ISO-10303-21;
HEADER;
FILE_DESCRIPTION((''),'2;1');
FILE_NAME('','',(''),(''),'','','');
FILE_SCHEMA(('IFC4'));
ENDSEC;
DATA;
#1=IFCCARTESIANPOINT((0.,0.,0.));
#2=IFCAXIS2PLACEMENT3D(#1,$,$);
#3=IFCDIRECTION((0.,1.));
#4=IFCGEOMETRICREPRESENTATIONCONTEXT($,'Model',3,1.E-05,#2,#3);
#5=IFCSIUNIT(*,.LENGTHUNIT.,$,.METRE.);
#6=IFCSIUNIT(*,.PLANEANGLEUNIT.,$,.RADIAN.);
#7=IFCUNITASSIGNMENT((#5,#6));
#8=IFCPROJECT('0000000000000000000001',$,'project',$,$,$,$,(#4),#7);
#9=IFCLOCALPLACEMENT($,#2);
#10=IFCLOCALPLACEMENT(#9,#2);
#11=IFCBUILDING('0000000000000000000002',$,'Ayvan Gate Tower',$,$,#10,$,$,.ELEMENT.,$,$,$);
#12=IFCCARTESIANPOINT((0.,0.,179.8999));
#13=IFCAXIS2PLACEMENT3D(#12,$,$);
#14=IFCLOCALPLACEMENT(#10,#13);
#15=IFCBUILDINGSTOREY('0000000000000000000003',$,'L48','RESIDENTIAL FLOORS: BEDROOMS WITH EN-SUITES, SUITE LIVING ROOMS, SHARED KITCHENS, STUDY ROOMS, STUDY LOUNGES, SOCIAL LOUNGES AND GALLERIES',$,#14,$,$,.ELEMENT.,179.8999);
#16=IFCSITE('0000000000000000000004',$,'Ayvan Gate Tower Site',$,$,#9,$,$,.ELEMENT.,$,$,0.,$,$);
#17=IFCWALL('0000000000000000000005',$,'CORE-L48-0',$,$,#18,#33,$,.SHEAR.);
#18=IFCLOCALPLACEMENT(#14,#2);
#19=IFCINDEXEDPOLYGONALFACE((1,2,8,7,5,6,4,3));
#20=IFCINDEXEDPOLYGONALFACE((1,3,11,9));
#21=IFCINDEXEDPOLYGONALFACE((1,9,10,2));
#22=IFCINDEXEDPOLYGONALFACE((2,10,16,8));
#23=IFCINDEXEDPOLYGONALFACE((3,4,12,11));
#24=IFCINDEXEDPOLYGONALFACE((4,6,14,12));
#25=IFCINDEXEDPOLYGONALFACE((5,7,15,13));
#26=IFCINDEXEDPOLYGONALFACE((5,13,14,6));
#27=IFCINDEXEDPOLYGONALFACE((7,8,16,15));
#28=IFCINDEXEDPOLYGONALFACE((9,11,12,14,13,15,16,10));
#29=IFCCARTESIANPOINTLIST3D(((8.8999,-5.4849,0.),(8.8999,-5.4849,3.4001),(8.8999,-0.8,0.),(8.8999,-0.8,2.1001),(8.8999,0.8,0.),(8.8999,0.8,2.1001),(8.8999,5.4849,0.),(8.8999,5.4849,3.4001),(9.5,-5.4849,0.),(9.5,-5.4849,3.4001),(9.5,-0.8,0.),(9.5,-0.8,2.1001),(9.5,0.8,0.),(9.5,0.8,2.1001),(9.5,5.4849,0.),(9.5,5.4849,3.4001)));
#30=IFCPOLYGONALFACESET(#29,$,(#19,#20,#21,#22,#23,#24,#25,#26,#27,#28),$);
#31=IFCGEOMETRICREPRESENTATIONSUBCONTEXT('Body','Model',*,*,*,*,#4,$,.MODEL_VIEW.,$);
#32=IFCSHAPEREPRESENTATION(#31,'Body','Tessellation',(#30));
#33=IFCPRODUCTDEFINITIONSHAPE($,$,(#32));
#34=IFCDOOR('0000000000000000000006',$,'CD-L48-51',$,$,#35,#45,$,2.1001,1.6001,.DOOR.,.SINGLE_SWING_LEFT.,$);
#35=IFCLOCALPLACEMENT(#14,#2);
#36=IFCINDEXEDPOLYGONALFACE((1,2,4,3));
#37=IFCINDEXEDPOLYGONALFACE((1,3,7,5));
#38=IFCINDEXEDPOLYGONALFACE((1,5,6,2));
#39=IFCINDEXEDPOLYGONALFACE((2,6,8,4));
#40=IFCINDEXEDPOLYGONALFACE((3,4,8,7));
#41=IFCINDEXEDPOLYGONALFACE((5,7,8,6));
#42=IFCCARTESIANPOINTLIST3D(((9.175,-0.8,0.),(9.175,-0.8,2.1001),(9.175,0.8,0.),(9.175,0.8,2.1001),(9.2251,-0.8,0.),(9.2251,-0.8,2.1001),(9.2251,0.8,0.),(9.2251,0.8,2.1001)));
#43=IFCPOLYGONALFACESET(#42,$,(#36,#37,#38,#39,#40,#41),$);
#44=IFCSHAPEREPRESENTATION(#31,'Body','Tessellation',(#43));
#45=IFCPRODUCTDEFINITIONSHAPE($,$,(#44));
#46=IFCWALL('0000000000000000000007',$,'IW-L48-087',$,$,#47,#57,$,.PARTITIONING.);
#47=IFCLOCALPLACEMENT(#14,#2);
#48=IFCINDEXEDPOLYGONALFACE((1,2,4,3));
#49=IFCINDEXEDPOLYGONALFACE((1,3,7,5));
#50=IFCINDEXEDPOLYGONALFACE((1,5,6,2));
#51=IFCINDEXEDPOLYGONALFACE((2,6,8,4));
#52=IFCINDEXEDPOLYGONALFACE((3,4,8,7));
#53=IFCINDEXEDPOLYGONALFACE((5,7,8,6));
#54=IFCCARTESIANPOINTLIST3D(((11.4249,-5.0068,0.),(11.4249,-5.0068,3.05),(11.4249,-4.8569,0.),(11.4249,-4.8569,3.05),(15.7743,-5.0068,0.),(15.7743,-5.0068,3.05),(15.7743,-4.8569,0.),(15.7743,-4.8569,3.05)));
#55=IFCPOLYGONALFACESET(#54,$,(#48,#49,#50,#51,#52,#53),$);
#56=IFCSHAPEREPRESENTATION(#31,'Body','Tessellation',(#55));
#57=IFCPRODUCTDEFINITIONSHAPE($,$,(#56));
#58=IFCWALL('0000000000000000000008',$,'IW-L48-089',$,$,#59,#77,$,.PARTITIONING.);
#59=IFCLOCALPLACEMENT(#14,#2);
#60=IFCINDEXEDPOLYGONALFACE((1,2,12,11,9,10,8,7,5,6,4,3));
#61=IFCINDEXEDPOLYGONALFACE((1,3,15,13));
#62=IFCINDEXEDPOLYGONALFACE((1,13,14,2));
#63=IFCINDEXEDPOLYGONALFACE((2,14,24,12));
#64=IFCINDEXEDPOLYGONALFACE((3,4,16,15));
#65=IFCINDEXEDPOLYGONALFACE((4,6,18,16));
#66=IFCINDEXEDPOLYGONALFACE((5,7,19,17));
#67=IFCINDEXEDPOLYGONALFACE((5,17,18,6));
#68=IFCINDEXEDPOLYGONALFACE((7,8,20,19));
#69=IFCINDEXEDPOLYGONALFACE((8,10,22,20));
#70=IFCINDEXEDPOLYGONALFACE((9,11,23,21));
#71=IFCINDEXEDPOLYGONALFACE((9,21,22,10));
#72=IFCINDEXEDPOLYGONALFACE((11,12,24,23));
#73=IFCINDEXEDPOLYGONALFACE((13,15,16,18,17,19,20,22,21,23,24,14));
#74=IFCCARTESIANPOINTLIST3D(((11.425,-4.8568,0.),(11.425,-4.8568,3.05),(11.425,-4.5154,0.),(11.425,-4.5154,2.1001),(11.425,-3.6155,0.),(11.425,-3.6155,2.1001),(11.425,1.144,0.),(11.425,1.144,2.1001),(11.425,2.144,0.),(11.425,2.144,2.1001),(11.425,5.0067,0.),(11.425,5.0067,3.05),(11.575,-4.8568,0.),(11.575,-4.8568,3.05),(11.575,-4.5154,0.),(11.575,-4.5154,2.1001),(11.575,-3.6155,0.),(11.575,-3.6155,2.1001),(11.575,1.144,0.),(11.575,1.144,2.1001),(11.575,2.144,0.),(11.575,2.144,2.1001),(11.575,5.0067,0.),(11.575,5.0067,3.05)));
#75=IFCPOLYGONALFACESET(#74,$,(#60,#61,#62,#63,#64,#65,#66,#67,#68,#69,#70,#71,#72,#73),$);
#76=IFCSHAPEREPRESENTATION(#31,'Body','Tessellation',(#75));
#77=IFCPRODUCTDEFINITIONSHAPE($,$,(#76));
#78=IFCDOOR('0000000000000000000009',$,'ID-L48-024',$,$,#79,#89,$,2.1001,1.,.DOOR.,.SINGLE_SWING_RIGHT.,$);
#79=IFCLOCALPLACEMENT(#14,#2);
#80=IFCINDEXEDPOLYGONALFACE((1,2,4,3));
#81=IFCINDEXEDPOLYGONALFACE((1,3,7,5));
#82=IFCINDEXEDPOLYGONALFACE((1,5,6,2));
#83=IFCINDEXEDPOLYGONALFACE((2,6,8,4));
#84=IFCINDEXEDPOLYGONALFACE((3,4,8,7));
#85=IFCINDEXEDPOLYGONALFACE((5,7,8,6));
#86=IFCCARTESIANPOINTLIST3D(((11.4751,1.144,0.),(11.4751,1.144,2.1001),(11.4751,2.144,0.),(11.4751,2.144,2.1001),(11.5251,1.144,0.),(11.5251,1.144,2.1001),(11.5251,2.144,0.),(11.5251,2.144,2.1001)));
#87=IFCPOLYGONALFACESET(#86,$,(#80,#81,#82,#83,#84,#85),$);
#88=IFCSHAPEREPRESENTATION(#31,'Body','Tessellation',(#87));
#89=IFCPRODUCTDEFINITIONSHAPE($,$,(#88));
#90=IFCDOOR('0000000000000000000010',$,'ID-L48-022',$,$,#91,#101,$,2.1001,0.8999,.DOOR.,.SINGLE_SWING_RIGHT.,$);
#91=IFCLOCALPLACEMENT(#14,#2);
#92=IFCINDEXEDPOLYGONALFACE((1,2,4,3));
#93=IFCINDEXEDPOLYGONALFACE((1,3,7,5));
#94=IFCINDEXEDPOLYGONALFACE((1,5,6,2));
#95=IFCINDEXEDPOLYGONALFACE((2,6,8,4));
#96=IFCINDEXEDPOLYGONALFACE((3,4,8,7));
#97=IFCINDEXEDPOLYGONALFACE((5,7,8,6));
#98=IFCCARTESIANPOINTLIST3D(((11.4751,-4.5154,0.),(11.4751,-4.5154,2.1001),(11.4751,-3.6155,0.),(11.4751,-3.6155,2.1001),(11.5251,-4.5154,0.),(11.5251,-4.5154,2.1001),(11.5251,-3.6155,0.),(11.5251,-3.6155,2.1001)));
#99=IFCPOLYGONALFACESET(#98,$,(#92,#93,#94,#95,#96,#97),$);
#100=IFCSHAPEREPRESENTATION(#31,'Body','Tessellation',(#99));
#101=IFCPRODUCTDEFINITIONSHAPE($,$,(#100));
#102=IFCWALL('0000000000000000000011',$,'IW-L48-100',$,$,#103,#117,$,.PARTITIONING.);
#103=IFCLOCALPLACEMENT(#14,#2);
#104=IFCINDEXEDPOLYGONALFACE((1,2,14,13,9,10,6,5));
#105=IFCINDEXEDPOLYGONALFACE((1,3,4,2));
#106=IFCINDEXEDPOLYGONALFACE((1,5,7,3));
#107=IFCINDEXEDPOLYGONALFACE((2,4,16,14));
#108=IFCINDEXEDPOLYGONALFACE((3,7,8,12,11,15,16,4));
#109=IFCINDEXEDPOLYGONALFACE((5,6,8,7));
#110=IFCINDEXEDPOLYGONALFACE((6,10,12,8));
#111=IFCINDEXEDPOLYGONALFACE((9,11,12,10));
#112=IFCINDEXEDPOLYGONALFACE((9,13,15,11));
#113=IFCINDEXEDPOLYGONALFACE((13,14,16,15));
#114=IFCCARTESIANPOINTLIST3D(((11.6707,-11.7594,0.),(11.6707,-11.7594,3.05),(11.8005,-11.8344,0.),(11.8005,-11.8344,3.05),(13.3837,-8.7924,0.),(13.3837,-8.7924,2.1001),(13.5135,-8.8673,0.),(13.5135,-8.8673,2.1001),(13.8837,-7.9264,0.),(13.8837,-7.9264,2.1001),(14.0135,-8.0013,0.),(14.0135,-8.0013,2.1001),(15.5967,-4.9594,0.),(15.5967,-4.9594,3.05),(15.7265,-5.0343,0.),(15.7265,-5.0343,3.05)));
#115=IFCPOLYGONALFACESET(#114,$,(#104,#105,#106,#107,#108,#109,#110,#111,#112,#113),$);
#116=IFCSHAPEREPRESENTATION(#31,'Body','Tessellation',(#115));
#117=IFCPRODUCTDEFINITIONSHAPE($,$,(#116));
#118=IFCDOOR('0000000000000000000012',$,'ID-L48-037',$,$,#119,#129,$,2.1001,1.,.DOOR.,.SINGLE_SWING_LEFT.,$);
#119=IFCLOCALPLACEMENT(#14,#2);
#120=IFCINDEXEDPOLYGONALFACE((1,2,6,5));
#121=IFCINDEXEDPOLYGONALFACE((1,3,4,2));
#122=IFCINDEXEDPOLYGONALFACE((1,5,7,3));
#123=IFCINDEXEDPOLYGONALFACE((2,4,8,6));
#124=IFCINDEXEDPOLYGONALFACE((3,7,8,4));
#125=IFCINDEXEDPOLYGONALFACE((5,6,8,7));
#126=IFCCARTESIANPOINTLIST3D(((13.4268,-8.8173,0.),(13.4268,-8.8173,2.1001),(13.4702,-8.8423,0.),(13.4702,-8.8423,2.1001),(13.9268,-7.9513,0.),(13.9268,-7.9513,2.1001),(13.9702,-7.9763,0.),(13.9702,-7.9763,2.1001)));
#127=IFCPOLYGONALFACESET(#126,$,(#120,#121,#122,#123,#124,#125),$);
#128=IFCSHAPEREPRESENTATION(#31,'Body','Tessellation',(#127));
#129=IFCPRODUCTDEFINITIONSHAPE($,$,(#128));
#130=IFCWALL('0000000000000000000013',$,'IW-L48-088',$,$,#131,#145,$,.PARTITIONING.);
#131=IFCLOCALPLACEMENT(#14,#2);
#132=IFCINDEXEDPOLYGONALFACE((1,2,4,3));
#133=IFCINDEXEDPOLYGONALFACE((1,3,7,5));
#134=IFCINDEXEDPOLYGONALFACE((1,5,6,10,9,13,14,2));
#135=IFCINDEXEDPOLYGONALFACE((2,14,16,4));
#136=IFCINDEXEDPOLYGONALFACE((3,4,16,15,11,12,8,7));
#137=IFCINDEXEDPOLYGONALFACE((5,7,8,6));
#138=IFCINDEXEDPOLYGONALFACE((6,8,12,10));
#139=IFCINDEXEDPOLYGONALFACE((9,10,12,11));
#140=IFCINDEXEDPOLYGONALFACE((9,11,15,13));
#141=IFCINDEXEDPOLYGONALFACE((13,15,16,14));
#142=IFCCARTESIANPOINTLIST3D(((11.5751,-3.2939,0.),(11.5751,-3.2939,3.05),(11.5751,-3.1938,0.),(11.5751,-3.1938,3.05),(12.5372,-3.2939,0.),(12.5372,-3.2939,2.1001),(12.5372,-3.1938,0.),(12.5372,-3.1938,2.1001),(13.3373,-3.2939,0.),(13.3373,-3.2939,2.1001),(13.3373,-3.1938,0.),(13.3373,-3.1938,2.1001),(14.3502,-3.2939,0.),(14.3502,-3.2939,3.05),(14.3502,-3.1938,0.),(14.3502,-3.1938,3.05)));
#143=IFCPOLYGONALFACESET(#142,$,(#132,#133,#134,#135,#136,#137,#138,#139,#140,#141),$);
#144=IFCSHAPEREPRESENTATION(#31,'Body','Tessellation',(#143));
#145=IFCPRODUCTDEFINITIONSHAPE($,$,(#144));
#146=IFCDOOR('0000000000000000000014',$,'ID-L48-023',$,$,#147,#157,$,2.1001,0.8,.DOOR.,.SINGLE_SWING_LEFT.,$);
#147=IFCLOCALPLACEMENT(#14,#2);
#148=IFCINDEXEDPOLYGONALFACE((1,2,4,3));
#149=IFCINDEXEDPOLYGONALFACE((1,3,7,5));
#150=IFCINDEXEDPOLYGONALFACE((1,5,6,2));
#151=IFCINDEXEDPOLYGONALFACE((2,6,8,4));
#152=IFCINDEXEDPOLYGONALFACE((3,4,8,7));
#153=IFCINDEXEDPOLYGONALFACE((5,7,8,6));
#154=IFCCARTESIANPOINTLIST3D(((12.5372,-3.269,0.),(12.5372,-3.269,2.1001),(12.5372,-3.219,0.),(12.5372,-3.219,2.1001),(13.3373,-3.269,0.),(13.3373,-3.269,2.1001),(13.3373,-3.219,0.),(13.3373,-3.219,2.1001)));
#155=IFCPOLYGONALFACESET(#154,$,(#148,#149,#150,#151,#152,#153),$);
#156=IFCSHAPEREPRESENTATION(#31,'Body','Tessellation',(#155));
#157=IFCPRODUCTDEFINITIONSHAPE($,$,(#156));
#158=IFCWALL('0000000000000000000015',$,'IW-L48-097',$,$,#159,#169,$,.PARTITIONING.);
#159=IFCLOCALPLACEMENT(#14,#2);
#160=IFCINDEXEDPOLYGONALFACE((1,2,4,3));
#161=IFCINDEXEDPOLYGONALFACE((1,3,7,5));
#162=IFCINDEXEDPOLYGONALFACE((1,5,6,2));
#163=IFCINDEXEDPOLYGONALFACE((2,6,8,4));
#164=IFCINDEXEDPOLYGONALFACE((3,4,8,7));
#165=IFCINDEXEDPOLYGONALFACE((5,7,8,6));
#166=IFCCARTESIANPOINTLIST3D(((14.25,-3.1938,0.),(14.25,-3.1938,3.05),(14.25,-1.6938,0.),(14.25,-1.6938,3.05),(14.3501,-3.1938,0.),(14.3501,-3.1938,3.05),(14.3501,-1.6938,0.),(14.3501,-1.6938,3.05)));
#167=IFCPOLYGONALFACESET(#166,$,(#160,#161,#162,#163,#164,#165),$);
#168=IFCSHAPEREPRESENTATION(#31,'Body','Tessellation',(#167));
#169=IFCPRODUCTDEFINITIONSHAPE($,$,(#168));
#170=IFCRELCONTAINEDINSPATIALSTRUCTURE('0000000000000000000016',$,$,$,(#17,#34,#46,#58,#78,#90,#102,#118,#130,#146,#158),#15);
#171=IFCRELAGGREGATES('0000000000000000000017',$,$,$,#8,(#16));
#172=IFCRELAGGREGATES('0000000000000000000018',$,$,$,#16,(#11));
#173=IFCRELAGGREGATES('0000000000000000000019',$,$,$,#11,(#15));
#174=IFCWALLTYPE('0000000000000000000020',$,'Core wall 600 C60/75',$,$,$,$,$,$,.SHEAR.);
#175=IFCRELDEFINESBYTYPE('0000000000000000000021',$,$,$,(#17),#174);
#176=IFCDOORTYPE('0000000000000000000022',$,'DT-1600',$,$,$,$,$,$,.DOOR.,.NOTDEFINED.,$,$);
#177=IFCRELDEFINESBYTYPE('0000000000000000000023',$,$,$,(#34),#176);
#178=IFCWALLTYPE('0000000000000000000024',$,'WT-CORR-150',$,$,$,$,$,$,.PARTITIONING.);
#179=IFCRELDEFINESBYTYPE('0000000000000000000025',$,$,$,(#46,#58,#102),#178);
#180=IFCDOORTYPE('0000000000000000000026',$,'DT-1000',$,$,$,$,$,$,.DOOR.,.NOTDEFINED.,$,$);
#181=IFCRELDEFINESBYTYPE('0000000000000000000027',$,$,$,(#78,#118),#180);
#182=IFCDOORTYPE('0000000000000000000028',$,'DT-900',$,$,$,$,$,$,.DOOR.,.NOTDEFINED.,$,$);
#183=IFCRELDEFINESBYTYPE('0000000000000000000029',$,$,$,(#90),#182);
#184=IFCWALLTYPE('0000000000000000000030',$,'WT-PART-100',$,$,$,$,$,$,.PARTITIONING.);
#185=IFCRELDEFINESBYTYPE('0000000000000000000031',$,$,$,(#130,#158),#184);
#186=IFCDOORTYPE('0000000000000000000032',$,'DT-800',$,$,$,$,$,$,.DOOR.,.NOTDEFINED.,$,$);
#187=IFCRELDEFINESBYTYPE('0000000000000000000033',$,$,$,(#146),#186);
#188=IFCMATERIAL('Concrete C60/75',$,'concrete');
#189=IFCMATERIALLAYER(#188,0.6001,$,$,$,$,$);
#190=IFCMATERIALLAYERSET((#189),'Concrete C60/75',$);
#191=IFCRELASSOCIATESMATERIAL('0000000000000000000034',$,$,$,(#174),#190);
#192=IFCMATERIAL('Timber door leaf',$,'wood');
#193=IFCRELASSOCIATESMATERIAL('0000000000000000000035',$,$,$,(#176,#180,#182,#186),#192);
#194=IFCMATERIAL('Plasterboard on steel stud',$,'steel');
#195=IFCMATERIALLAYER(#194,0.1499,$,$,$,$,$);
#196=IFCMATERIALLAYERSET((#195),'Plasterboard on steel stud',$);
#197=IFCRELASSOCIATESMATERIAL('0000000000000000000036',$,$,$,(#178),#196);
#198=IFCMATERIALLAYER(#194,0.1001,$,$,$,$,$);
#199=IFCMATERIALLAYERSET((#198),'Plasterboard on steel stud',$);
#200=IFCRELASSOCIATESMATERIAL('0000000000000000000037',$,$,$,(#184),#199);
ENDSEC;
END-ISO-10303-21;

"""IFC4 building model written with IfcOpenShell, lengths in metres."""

from ifc_helpers import new_model, si_unit, direction, frame, frame_2d, origin, place, context, subcontext, project, spatial, rectangle, extrude, material, layer, layer_set, type_object, element, fill, save


model = new_model("IFC4")

# Units and contexts
model_context = context("Model", 3, precision=1e-05, world=origin(), true_north=direction((0.0, 1.0)))
body_context = subcontext(model_context, "Body", "Model", "MODEL_VIEW")
ifc_project = project(units=[si_unit("LENGTHUNIT", "METRE"), si_unit("PLANEANGLEUNIT", "RADIAN")], contexts=[model_context])

# Site, building, storey
site_placement = place(None, origin())
site = spatial("IfcSite", under=ifc_project, at=site_placement, Name="Ayvan Gate Tower Site", CompositionType="ELEMENT", RefElevation=0.0)
building_placement = place(site_placement, origin())
building = spatial("IfcBuilding", under=site, at=building_placement, Name="Ayvan Gate Tower", CompositionType="ELEMENT")
storey_placement = place(building_placement, frame((0.0, 0.0, 179.8999)))
storey = spatial("IfcBuildingStorey", under=building, at=storey_placement, Name="L48", Description="RESIDENTIAL FLOORS: BEDROOMS WITH EN-SUITES, SUITE LIVING ROOMS, SHARED KITCHENS, STUDY ROOMS, STUDY LOUNGES, SOCIAL LOUNGES AND GALLERIES", CompositionType="ELEMENT", Elevation=179.8999)

# Wall, opening, door
ifc_material_1 = material(Name="Concrete C60/75", Category="concrete")
ifc_layer_1 = layer(ifc_material_1, 0.6001)
ifc_layer_set_1 = layer_set([ifc_layer_1], Name="Concrete C60/75")
wall_type_1 = type_object("IfcWallType", Name="Core wall 600 C60/75", PredefinedType="SHEAR", material=ifc_layer_set_1)
wall_1_placement = place(storey_placement, frame((9.2, -5.4849, 0.0), z_axis=(0.0, 0.0, 1.0), x_axis=(0.0, 1.0, 0.0)))
wall_1 = element("IfcWall", 1, at=wall_1_placement, inside=storey, type_object=wall_type_1, Name="CORE-L48-0", PredefinedType="SHEAR", context=body_context, shape_type="SweptSolid", body=[
    extrude(rectangle(XDim=10.9697, YDim=0.6001, at=frame_2d((5.4849, 0.0))), origin(), (0.0, 0.0, 1.0), 3.4001),
])
opening_1_placement = place(wall_1_placement, frame((4.6848, 0.0, 0.0)))
opening_1 = element("IfcOpeningElement", 2, at=opening_1_placement, cuts=wall_1, PredefinedType="OPENING", context=body_context, shape_type="SweptSolid", body=[
    extrude(rectangle(XDim=1.6001, YDim=2.1001, at=frame_2d((0.8, 1.05))), frame((0.0, 0.3101, 0.0), z_axis=(0.0, -1.0, 0.0), x_axis=(1.0, 0.0, 0.0)), (0.0, 0.0, 1.0), 0.6201),
])
ifc_material_2 = material(Name="Timber door leaf", Category="wood")
door_type_1 = type_object("IfcDoorType", Name="DT-1600", OperationType="NOTDEFINED", PredefinedType="DOOR", material=ifc_material_2)
door_1_placement = place(opening_1_placement, origin())
door_1 = element("IfcDoor", 3, at=door_1_placement, inside=storey, type_object=door_type_1, Name="CD-L48-51", OperationType="SINGLE_SWING_LEFT", OverallHeight=2.1001, OverallWidth=1.6001, PredefinedType="DOOR", context=body_context, shape_type="SweptSolid", body=[
    extrude(rectangle(XDim=1.6001, YDim=2.1001, at=frame_2d((0.8, 1.05))), frame((0.0, 0.0249, 0.0), z_axis=(0.0, -1.0, 0.0), x_axis=(1.0, 0.0, 0.0)), (0.0, 0.0, 1.0), 0.05),
])
fill(opening_1, door_1)

# Wall
ifc_material_3 = material(Name="Plasterboard on steel stud", Category="steel")
ifc_layer_2 = layer(ifc_material_3, 0.1499)
ifc_layer_set_2 = layer_set([ifc_layer_2], Name="Plasterboard on steel stud")
wall_type_2 = type_object("IfcWallType", Name="WT-CORR-150", PredefinedType="PARTITIONING", material=ifc_layer_set_2)
wall_2_placement = place(storey_placement, frame((11.4248, -4.9319, 0.0), z_axis=(0.0, 0.0, 1.0), x_axis=(1.0, 0.0, 0.0)))
element("IfcWall", 4, at=wall_2_placement, inside=storey, type_object=wall_type_2, Name="IW-L48-087", PredefinedType="PARTITIONING", context=body_context, shape_type="SweptSolid", body=[
    extrude(rectangle(XDim=4.3494, YDim=0.1499, at=frame_2d((2.1748, 0.0))), origin(), (0.0, 0.0, 1.0), 3.05),
])

# Wall, openings, doors
wall_3_placement = place(storey_placement, frame((11.5, -4.8567, 0.0), z_axis=(0.0, 0.0, 1.0), x_axis=(0.0, 1.0, 0.0)))
wall_3 = element("IfcWall", 5, at=wall_3_placement, inside=storey, type_object=wall_type_2, Name="IW-L48-089", PredefinedType="PARTITIONING", context=body_context, shape_type="SweptSolid", body=[
    extrude(rectangle(XDim=9.8635, YDim=0.1499, at=frame_2d((4.9316, 0.0))), origin(), (0.0, 0.0, 1.0), 3.05),
])
opening_2_placement = place(wall_3_placement, frame((0.3413, 0.0, 0.0)))
opening_2 = element("IfcOpeningElement", 6, at=opening_2_placement, cuts=wall_3, PredefinedType="OPENING", context=body_context, shape_type="SweptSolid", body=[
    extrude(rectangle(XDim=0.8999, YDim=2.1001, at=frame_2d((0.45, 1.05))), frame((0.0, 0.085, 0.0), z_axis=(0.0, -1.0, 0.0), x_axis=(1.0, 0.0, 0.0)), (0.0, 0.0, 1.0), 0.1699),
])
opening_3_placement = place(wall_3_placement, frame((6.0007, 0.0, 0.0)))
opening_3 = element("IfcOpeningElement", 7, at=opening_3_placement, cuts=wall_3, PredefinedType="OPENING", context=body_context, shape_type="SweptSolid", body=[
    extrude(rectangle(XDim=1.0, YDim=2.1001, at=frame_2d((0.5, 1.05))), frame((0.0, 0.085, 0.0), z_axis=(0.0, -1.0, 0.0), x_axis=(1.0, 0.0, 0.0)), (0.0, 0.0, 1.0), 0.1699),
])
door_type_2 = type_object("IfcDoorType", Name="DT-1000", OperationType="NOTDEFINED", PredefinedType="DOOR", material=ifc_material_2)
door_2_placement = place(opening_3_placement, origin())
door_2 = element("IfcDoor", 8, at=door_2_placement, inside=storey, type_object=door_type_2, Name="ID-L48-024", OperationType="SINGLE_SWING_RIGHT", OverallHeight=2.1001, OverallWidth=1.0, PredefinedType="DOOR", context=body_context, shape_type="SweptSolid", body=[
    extrude(rectangle(XDim=1.0, YDim=2.1001, at=frame_2d((0.5, 1.05))), frame((0.0, 0.0249, 0.0), z_axis=(0.0, -1.0, 0.0), x_axis=(1.0, 0.0, 0.0)), (0.0, 0.0, 1.0), 0.05),
])
fill(opening_3, door_2)
door_type_3 = type_object("IfcDoorType", Name="DT-900", OperationType="NOTDEFINED", PredefinedType="DOOR", material=ifc_material_2)
door_3_placement = place(opening_2_placement, origin())
door_3 = element("IfcDoor", 9, at=door_3_placement, inside=storey, type_object=door_type_3, Name="ID-L48-022", OperationType="SINGLE_SWING_RIGHT", OverallHeight=2.1001, OverallWidth=0.8999, PredefinedType="DOOR", context=body_context, shape_type="SweptSolid", body=[
    extrude(rectangle(XDim=0.8999, YDim=2.1001, at=frame_2d((0.45, 1.05))), frame((0.0, 0.0249, 0.0), z_axis=(0.0, -1.0, 0.0), x_axis=(1.0, 0.0, 0.0)), (0.0, 0.0, 1.0), 0.05),
])
fill(opening_2, door_3)

# Walls, openings, doors
wall_4_placement = place(storey_placement, frame((15.6616, -4.9968, 0.0), z_axis=(0.0, 0.0, 1.0), x_axis=(-0.500001, -0.866025, 0.0)))
wall_4 = element("IfcWall", 10, at=wall_4_placement, inside=storey, type_object=wall_type_2, Name="IW-L48-100", PredefinedType="PARTITIONING", context=body_context, shape_type="SweptSolid", body=[
    extrude(rectangle(XDim=7.8521, YDim=0.1499, at=frame_2d((3.926, 0.0))), origin(), (0.0, 0.0, 1.0), 3.05),
])
opening_4_placement = place(wall_4_placement, frame((3.426, 0.0, 0.0)))
opening_4 = element("IfcOpeningElement", 11, at=opening_4_placement, cuts=wall_4, PredefinedType="OPENING", context=body_context, shape_type="SweptSolid", body=[
    extrude(rectangle(XDim=1.0, YDim=2.1001, at=frame_2d((0.5, 1.05))), frame((0.0, 0.085, 0.0), z_axis=(0.0, -1.0, 0.0), x_axis=(1.0, 0.0, 0.0)), (0.0, 0.0, 1.0), 0.1699),
])
door_4_placement = place(opening_4_placement, origin())
door_4 = element("IfcDoor", 12, at=door_4_placement, inside=storey, type_object=door_type_2, Name="ID-L48-037", OperationType="SINGLE_SWING_LEFT", OverallHeight=2.1001, OverallWidth=1.0, PredefinedType="DOOR", context=body_context, shape_type="SweptSolid", body=[
    extrude(rectangle(XDim=1.0, YDim=2.1001, at=frame_2d((0.5, 1.05))), frame((0.0, 0.0249, 0.0), z_axis=(0.0, -1.0, 0.0), x_axis=(1.0, 0.0, 0.0)), (0.0, 0.0, 1.0), 0.05),
])
fill(opening_4, door_4)
ifc_layer_3 = layer(ifc_material_3, 0.1001)
ifc_layer_set_3 = layer_set([ifc_layer_3], Name="Plasterboard on steel stud")
wall_type_3 = type_object("IfcWallType", Name="WT-PART-100", PredefinedType="PARTITIONING", material=ifc_layer_set_3)
wall_5_placement = place(storey_placement, frame((11.575, -3.2439, 0.0), z_axis=(0.0, 0.0, 1.0), x_axis=(1.0, 0.0, 0.0)))
wall_5 = element("IfcWall", 13, at=wall_5_placement, inside=storey, type_object=wall_type_3, Name="IW-L48-088", PredefinedType="PARTITIONING", context=body_context, shape_type="SweptSolid", body=[
    extrude(rectangle(XDim=2.7751, YDim=0.1001, at=frame_2d((1.3877, 0.0))), origin(), (0.0, 0.0, 1.0), 3.05),
])
opening_5_placement = place(wall_5_placement, frame((0.9624, 0.0, 0.0)))
opening_5 = element("IfcOpeningElement", 14, at=opening_5_placement, cuts=wall_5, PredefinedType="OPENING", context=body_context, shape_type="SweptSolid", body=[
    extrude(rectangle(XDim=0.8, YDim=2.1001, at=frame_2d((0.3999, 1.05))), frame((0.0, 0.0601, 0.0), z_axis=(0.0, -1.0, 0.0), x_axis=(1.0, 0.0, 0.0)), (0.0, 0.0, 1.0), 0.1201),
])
door_type_4 = type_object("IfcDoorType", Name="DT-800", OperationType="NOTDEFINED", PredefinedType="DOOR", material=ifc_material_2)
door_5_placement = place(opening_5_placement, origin())
door_5 = element("IfcDoor", 15, at=door_5_placement, inside=storey, type_object=door_type_4, Name="ID-L48-023", OperationType="SINGLE_SWING_LEFT", OverallHeight=2.1001, OverallWidth=0.8, PredefinedType="DOOR", context=body_context, shape_type="SweptSolid", body=[
    extrude(rectangle(XDim=0.8, YDim=2.1001, at=frame_2d((0.3999, 1.05))), frame((0.0, 0.0249, 0.0), z_axis=(0.0, -1.0, 0.0), x_axis=(1.0, 0.0, 0.0)), (0.0, 0.0, 1.0), 0.05),
])
fill(opening_5, door_5)

# Wall
wall_6_placement = place(storey_placement, frame((14.3, -3.1938, 0.0), z_axis=(0.0, 0.0, 1.0), x_axis=(0.0, 1.0, 0.0)))
element("IfcWall", 16, at=wall_6_placement, inside=storey, type_object=wall_type_3, Name="IW-L48-097", PredefinedType="PARTITIONING", context=body_context, shape_type="SweptSolid", body=[
    extrude(rectangle(XDim=1.5, YDim=0.1001, at=frame_2d((0.75, 0.0))), origin(), (0.0, 0.0, 1.0), 3.05),
])

save(model, "model.ifc")
